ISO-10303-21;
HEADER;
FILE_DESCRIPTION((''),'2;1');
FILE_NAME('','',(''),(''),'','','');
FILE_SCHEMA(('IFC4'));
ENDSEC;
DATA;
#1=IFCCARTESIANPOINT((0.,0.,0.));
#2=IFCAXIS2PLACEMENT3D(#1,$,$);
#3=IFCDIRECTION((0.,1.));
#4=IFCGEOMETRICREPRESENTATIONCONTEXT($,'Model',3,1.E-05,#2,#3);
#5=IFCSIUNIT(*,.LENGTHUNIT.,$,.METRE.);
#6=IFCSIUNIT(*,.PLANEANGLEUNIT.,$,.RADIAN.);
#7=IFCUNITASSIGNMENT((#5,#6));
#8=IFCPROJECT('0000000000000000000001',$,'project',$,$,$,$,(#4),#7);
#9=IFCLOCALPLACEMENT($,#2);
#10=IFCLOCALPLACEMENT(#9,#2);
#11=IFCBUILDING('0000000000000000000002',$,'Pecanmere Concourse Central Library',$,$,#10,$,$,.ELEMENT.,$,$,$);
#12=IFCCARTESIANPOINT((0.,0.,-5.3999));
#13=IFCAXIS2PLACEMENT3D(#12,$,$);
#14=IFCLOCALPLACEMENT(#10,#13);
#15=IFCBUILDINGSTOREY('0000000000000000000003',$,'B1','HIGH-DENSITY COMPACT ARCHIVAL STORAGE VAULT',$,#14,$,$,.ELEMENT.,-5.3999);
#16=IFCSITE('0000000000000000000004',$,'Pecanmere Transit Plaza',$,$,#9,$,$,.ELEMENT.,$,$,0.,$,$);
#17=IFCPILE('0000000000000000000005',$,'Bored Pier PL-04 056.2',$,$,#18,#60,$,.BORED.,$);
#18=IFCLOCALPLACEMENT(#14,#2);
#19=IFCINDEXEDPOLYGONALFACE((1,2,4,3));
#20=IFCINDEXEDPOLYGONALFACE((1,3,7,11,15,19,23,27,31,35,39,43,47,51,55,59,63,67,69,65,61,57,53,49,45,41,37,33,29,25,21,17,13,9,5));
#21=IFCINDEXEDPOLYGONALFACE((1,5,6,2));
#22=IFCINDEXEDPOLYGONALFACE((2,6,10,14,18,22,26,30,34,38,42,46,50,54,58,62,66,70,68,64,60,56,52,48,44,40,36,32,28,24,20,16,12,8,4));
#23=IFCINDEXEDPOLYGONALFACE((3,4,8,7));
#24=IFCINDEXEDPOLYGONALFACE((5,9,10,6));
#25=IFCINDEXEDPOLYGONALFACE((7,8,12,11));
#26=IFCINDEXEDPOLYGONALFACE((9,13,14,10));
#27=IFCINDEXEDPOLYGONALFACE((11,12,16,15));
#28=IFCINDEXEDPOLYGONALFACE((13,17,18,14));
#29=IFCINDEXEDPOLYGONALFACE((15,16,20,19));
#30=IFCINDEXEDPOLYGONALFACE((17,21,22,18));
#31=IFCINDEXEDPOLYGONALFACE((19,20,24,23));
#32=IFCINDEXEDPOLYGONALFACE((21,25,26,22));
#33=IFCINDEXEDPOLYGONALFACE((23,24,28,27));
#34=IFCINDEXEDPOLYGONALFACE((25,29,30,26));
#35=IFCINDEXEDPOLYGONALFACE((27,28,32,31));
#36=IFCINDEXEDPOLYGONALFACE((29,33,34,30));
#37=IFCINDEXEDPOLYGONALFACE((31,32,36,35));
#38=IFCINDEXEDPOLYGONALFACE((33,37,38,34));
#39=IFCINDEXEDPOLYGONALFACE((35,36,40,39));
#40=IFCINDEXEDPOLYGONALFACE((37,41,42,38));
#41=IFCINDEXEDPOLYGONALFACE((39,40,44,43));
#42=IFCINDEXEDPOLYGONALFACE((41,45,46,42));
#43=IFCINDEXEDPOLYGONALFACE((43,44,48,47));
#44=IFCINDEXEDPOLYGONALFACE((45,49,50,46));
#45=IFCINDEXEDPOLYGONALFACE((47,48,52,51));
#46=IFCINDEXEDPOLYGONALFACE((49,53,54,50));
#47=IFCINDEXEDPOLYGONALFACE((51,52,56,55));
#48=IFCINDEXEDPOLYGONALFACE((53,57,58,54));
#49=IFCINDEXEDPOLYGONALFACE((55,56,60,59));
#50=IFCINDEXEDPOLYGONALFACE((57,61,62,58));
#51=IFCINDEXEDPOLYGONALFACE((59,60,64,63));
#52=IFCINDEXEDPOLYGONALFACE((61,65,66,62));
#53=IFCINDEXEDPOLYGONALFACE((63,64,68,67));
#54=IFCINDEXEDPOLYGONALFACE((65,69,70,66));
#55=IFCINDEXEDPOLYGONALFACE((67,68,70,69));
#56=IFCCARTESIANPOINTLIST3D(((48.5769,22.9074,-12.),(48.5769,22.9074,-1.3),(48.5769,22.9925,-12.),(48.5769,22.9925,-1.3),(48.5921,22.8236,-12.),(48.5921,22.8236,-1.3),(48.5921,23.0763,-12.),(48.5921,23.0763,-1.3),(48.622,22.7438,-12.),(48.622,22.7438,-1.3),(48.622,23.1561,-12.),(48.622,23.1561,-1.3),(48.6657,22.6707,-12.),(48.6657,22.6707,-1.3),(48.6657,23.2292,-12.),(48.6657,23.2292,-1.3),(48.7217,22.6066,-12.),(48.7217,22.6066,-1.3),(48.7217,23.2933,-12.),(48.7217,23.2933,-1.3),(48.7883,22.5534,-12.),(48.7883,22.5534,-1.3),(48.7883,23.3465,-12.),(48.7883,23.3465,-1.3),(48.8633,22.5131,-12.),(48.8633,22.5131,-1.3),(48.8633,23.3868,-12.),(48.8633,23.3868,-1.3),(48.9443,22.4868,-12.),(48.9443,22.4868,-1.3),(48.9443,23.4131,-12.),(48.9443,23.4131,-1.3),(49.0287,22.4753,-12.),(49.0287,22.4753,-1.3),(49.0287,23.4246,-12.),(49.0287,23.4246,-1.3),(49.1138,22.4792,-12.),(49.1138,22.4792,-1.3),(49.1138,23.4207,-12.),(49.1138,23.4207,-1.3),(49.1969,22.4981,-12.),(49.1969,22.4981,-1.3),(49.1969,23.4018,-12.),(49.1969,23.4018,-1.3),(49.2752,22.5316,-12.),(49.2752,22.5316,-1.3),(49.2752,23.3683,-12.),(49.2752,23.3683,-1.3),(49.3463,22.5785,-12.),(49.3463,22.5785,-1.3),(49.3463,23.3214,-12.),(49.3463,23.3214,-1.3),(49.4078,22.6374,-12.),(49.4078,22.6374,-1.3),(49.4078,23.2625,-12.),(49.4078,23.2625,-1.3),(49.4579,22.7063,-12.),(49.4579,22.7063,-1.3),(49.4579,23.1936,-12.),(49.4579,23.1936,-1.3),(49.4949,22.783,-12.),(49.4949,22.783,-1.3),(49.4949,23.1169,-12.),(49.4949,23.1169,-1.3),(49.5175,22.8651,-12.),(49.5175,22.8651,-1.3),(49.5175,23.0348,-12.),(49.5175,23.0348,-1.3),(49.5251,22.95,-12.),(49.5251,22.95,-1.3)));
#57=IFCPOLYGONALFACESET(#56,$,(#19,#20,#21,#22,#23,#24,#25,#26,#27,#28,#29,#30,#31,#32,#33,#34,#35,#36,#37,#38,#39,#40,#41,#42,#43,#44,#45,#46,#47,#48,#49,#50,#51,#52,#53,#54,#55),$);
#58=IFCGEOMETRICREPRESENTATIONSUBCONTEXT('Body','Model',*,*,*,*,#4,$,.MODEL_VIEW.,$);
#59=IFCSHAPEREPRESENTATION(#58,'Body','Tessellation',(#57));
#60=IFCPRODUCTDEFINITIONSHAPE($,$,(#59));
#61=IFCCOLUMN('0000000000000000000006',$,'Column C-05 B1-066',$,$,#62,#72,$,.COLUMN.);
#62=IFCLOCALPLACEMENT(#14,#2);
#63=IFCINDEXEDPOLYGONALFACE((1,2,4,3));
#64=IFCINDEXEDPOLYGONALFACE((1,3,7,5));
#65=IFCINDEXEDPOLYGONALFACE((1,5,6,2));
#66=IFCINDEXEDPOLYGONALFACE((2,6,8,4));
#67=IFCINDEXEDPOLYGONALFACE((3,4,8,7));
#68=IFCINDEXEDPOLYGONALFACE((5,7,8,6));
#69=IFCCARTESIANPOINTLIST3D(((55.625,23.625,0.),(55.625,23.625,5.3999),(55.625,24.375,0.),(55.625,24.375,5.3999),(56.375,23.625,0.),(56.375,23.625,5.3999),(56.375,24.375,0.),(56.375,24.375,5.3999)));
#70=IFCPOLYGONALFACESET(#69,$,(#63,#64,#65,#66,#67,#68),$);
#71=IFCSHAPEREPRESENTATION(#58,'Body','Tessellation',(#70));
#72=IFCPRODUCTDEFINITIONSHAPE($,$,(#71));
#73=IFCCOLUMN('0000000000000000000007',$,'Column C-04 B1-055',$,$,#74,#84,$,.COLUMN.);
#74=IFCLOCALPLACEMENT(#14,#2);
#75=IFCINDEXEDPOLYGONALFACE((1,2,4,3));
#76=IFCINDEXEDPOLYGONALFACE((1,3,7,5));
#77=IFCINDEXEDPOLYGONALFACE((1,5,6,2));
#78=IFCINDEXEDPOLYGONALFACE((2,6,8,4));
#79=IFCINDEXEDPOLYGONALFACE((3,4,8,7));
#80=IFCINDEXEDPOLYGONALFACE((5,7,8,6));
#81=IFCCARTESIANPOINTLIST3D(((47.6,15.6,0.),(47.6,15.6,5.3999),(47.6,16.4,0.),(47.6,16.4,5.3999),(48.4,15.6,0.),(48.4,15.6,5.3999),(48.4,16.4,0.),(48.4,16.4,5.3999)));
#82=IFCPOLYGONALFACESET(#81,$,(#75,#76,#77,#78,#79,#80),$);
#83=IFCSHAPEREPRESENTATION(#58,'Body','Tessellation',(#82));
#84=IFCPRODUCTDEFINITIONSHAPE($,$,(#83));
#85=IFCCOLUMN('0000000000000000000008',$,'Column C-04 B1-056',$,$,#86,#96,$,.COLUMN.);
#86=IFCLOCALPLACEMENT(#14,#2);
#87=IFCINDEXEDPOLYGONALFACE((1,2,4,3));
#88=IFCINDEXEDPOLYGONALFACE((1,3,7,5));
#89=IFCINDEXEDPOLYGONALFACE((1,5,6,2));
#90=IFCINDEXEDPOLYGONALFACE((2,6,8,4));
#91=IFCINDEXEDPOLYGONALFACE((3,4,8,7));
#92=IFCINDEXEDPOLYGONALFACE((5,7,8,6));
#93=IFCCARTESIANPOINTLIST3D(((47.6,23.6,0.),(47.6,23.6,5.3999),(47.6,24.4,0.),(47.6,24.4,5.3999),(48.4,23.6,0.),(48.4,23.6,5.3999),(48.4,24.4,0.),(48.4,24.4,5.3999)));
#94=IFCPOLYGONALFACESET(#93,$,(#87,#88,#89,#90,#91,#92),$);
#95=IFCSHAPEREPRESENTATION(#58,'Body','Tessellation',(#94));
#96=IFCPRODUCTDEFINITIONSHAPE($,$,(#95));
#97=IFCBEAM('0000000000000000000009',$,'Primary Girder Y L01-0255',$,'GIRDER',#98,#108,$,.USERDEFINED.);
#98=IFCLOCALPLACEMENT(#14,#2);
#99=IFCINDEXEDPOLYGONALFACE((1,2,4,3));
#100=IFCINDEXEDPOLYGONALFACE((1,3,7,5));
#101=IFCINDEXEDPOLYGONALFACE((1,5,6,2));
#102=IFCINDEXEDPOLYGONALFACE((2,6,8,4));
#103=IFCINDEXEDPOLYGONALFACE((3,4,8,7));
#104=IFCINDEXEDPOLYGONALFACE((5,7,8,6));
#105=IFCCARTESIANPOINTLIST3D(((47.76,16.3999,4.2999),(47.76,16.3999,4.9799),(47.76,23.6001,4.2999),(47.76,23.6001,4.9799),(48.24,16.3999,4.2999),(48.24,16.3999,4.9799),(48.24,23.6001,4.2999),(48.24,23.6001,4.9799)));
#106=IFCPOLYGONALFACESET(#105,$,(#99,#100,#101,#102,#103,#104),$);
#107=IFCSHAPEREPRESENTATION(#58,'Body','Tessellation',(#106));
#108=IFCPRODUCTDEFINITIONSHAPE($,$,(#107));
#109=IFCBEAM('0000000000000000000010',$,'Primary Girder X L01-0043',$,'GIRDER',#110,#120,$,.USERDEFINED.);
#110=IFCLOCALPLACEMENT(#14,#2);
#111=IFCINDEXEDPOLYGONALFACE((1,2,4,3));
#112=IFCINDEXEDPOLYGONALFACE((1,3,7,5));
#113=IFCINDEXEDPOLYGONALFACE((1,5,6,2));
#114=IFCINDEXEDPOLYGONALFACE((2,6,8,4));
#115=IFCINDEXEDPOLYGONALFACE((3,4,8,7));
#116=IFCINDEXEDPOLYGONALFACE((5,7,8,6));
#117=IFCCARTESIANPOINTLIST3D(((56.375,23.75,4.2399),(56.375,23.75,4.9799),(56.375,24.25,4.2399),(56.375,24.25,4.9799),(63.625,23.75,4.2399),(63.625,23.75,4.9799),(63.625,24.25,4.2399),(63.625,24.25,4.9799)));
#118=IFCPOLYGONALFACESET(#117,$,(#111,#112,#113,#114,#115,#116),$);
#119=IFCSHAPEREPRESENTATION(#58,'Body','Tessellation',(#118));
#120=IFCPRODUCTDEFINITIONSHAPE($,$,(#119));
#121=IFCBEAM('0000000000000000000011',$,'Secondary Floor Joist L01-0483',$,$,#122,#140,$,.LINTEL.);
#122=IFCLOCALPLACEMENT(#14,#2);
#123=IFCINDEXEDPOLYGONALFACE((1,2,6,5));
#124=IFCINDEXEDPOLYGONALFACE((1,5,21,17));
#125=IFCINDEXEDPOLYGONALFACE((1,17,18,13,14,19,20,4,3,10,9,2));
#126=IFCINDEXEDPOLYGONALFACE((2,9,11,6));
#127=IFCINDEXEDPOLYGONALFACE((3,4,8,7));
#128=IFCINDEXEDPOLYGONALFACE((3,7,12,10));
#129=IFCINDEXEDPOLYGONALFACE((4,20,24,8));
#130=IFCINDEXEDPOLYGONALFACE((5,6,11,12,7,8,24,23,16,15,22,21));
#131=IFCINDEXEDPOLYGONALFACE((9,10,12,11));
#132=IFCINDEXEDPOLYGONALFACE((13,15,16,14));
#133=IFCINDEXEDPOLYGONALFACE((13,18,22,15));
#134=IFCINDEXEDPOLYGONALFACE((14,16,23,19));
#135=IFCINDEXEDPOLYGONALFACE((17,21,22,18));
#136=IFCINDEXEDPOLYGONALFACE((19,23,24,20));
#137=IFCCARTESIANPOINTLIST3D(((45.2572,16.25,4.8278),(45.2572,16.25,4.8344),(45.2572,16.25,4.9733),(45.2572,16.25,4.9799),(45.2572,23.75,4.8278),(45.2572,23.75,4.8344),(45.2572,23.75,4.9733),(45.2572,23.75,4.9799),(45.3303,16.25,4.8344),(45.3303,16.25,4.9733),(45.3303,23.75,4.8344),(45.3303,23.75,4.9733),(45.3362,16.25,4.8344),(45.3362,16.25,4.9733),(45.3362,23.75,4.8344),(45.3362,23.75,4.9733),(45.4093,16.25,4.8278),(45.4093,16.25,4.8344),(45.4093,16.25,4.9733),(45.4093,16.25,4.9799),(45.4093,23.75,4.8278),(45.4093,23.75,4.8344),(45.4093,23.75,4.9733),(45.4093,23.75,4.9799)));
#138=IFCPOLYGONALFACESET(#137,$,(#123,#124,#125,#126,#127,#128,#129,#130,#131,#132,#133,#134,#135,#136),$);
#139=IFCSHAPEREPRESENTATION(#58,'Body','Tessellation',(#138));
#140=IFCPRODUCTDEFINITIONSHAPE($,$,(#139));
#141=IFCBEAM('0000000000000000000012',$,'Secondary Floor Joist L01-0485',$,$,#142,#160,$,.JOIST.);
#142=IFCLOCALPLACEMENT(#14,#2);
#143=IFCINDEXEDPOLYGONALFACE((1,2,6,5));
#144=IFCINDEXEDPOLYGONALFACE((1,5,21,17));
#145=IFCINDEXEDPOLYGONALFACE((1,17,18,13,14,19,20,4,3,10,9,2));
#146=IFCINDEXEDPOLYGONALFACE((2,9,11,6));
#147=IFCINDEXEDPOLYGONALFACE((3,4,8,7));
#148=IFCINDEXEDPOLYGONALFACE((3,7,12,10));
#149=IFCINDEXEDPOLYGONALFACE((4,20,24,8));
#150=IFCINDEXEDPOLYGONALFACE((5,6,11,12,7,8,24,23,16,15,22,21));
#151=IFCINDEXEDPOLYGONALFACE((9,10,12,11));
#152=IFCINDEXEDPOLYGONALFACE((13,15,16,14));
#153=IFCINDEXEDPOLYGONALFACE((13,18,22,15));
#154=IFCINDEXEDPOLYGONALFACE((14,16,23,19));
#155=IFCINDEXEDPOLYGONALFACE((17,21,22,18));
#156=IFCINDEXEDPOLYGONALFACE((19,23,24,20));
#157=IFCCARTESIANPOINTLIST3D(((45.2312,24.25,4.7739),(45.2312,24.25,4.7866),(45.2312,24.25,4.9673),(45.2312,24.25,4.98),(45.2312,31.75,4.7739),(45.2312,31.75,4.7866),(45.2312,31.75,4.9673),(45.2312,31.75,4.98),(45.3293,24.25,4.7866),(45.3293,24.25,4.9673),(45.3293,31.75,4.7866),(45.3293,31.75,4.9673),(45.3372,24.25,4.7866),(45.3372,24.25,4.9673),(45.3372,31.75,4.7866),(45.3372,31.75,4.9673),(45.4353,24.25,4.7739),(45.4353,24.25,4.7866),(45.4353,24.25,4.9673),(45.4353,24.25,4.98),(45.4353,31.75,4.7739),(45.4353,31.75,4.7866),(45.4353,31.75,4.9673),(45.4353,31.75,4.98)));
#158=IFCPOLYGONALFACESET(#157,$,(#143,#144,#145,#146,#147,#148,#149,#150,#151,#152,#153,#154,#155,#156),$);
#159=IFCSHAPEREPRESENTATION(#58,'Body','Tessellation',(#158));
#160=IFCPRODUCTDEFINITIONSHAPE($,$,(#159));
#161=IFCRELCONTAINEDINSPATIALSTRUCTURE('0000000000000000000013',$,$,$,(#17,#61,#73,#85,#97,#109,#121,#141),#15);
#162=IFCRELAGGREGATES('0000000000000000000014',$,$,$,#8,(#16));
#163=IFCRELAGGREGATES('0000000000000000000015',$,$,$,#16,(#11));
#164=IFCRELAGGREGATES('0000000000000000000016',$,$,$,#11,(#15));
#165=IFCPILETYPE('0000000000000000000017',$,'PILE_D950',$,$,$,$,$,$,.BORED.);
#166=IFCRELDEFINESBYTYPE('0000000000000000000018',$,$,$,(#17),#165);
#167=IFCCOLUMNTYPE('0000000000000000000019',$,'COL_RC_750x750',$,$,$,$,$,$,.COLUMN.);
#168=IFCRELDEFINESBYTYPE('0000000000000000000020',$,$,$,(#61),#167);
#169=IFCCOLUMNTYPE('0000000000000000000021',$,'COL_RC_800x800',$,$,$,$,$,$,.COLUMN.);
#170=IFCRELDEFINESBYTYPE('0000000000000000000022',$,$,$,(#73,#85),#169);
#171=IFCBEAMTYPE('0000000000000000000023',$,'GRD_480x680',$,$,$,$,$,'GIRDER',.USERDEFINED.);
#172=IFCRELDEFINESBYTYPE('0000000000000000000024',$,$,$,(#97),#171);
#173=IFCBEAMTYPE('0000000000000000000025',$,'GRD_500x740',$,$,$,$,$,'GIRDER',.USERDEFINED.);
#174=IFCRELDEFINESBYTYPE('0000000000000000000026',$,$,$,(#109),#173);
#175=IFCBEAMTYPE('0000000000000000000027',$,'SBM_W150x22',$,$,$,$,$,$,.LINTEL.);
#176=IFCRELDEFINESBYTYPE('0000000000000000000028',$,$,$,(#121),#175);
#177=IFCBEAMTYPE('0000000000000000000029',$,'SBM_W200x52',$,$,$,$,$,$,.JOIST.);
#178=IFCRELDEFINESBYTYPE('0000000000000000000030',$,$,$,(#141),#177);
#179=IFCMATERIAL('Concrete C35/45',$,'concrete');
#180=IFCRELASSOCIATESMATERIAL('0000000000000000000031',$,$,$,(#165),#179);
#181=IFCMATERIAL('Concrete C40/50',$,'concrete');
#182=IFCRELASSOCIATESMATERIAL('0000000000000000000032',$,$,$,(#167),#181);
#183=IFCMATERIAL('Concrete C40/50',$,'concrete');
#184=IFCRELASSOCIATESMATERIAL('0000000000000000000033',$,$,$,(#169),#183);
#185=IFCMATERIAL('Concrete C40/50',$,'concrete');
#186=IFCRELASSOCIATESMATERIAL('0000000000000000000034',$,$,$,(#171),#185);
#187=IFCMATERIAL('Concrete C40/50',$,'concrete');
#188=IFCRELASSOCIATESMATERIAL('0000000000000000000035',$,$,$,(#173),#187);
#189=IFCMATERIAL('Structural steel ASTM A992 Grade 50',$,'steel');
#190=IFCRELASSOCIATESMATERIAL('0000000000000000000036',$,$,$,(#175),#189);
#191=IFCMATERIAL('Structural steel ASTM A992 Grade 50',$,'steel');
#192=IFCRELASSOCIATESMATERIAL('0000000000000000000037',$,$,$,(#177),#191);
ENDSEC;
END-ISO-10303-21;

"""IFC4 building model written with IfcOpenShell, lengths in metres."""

from ifc_helpers import new_model, si_unit, direction, frame, origin, origin_2d, place, context, subcontext, project, spatial, rectangle, circle, i_section, extrude, material, material_profile, profile_set, type_object, element, save


model = new_model("IFC4")

# Units and contexts
model_context = context("Model", 3, precision=1e-05, world=origin(), true_north=direction((0.0, 1.0)))
body_context = subcontext(model_context, "Body", "Model", "MODEL_VIEW")
ifc_project = project(units=[si_unit("LENGTHUNIT", "METRE"), si_unit("PLANEANGLEUNIT", "RADIAN")], contexts=[model_context])

# Site, building, storey
site_placement = place(None, origin())
site = spatial("IfcSite", under=ifc_project, at=site_placement, Name="Pecanmere Transit Plaza", CompositionType="ELEMENT", RefElevation=0.0)
building_placement = place(site_placement, origin())
building = spatial("IfcBuilding", under=site, at=building_placement, Name="Pecanmere Concourse Central Library", CompositionType="ELEMENT")
storey_placement = place(building_placement, frame((0.0, 0.0, -5.3999)))
storey = spatial("IfcBuildingStorey", under=building, at=storey_placement, Name="B1", Description="HIGH-DENSITY COMPACT ARCHIVAL STORAGE VAULT", CompositionType="ELEMENT", Elevation=-5.3999)

# Pile
ifc_material_1 = material(Name="Concrete C35/45", Category="concrete")
ifc_material_profile_1 = material_profile(ifc_material_1, circle(Radius=0.4751, at=origin_2d()), Name="PIER D950")
ifc_profile_set_1 = profile_set([ifc_material_profile_1], Name="Concrete C35/45")
pile_type_1 = type_object("IfcPileType", Name="PILE_D950", PredefinedType="BORED", material=ifc_profile_set_1)
for number, where, z_axis, x_axis, name in (
    (1, (49.05, 22.95, -1.3), (0.0, 0.0, -1.0), (1.0, 0.0, 0.0), "Bored Pier PL-04 056.2"),
):
    element("IfcPile", number, at=place(storey_placement, frame(where, z_axis=z_axis, x_axis=x_axis)), inside=storey, type_object=pile_type_1, Name=name, PredefinedType="BORED", context=body_context, shape_type="SweptSolid", body=[
        extrude(circle(Radius=0.4751, at=origin_2d()), origin(), (0.0, 0.0, 1.0), 10.7),
    ])

# Columns
ifc_material_2 = material(Name="Concrete C40/50", Category="concrete")
ifc_material_profile_2 = material_profile(ifc_material_2, rectangle(XDim=0.75, YDim=0.75, at=origin_2d()), Name="RC 750x750")
ifc_profile_set_2 = profile_set([ifc_material_profile_2], Name="Concrete C40/50")
column_type_1 = type_object("IfcColumnType", Name="COL_RC_750x750", PredefinedType="COLUMN", material=ifc_profile_set_2)
column_placement = place(storey_placement, frame((56.0, 24.0, 0.0), z_axis=(0.0, 0.0, 1.0), x_axis=(1.0, 0.0, 0.0)))
element("IfcColumn", 2, at=column_placement, inside=storey, type_object=column_type_1, Name="Column C-05 B1-066", PredefinedType="COLUMN", context=body_context, shape_type="SweptSolid", body=[
    extrude(rectangle(XDim=0.75, YDim=0.75, at=origin_2d()), origin(), (0.0, 0.0, 1.0), 5.3999),
])
ifc_material_3 = material(Name="Concrete C40/50", Category="concrete")
ifc_material_profile_3 = material_profile(ifc_material_3, rectangle(XDim=0.8, YDim=0.8, at=origin_2d()), Name="RC 800x800")
ifc_profile_set_3 = profile_set([ifc_material_profile_3], Name="Concrete C40/50")
column_type_2 = type_object("IfcColumnType", Name="COL_RC_800x800", PredefinedType="COLUMN", material=ifc_profile_set_3)
for number, where, z_axis, x_axis, name in (
    (3, (48.0, 16.0, 0.0), (0.0, 0.0, 1.0), (1.0, 0.0, 0.0), "Column C-04 B1-055"),
    (4, (48.0, 24.0, 0.0), (0.0, 0.0, 1.0), (1.0, 0.0, 0.0), "Column C-04 B1-056"),
):
    element("IfcColumn", number, at=place(storey_placement, frame(where, z_axis=z_axis, x_axis=x_axis)), inside=storey, type_object=column_type_2, Name=name, PredefinedType="COLUMN", context=body_context, shape_type="SweptSolid", body=[
        extrude(rectangle(XDim=0.8, YDim=0.8, at=origin_2d()), origin(), (0.0, 0.0, 1.0), 5.3999),
    ])

# Beams
ifc_material_4 = material(Name="Concrete C40/50", Category="concrete")
ifc_material_profile_4 = material_profile(ifc_material_4, rectangle(XDim=0.48, YDim=0.6799, at=origin_2d()), Name="RC 480x680")
ifc_profile_set_4 = profile_set([ifc_material_profile_4], Name="Concrete C40/50")
beam_type_1 = type_object("IfcBeamType", Name="GRD_480x680", ElementType="GIRDER", PredefinedType="USERDEFINED", material=ifc_profile_set_4)
beam_1_placement = place(storey_placement, frame((48.0, 16.3999, 4.6399), z_axis=(0.0, 1.0, 0.0), x_axis=(-1.0, 0.0, 0.0)))
element("IfcBeam", 5, at=beam_1_placement, inside=storey, type_object=beam_type_1, Name="Primary Girder Y L01-0255", ObjectType="GIRDER", PredefinedType="USERDEFINED", context=body_context, shape_type="SweptSolid", body=[
    extrude(rectangle(XDim=0.48, YDim=0.6799, at=origin_2d()), origin(), (0.0, 0.0, 1.0), 7.2002),
])
ifc_material_5 = material(Name="Concrete C40/50", Category="concrete")
ifc_material_profile_5 = material_profile(ifc_material_5, rectangle(XDim=0.5, YDim=0.74, at=origin_2d()), Name="RC 500x740")
ifc_profile_set_5 = profile_set([ifc_material_profile_5], Name="Concrete C40/50")
beam_type_2 = type_object("IfcBeamType", Name="GRD_500x740", ElementType="GIRDER", PredefinedType="USERDEFINED", material=ifc_profile_set_5)
beam_2_placement = place(storey_placement, frame((56.375, 24.0, 4.6099), z_axis=(1.0, 0.0, 0.0), x_axis=(0.0, 1.0, 0.0)))
element("IfcBeam", 6, at=beam_2_placement, inside=storey, type_object=beam_type_2, Name="Primary Girder X L01-0043", ObjectType="GIRDER", PredefinedType="USERDEFINED", context=body_context, shape_type="SweptSolid", body=[
    extrude(rectangle(XDim=0.5, YDim=0.74, at=origin_2d()), origin(), (0.0, 0.0, 1.0), 7.25),
])
ifc_material_6 = material(Name="Structural steel ASTM A992 Grade 50", Category="steel")
ifc_material_profile_6 = material_profile(ifc_material_6, i_section(OverallWidth=0.1521, OverallDepth=0.1521, WebThickness=0.0059, FlangeThickness=0.0066, at=origin_2d()), Name="W150x22.5")
ifc_profile_set_6 = profile_set([ifc_material_profile_6], Name="Structural steel ASTM A992 Grade 50")
beam_type_3 = type_object("IfcBeamType", Name="SBM_W150x22", PredefinedType="LINTEL", material=ifc_profile_set_6)
beam_3_placement = place(storey_placement, frame((45.3333, 16.25, 4.9038), z_axis=(0.0, 1.0, 0.0), x_axis=(-1.0, 0.0, 0.0)))
element("IfcBeam", 7, at=beam_3_placement, inside=storey, type_object=beam_type_3, Name="Secondary Floor Joist L01-0483", PredefinedType="LINTEL", context=body_context, shape_type="SweptSolid", body=[
    extrude(i_section(OverallWidth=0.1521, OverallDepth=0.1521, WebThickness=0.0059, FlangeThickness=0.0066, at=origin_2d()), origin(), (0.0, 0.0, 1.0), 7.5),
])
ifc_material_7 = material(Name="Structural steel ASTM A992 Grade 50", Category="steel")
ifc_material_profile_7 = material_profile(ifc_material_7, i_section(OverallWidth=0.2041, OverallDepth=0.2061, WebThickness=0.0078, FlangeThickness=0.0127, at=origin_2d()), Name="W200x52")
ifc_profile_set_7 = profile_set([ifc_material_profile_7], Name="Structural steel ASTM A992 Grade 50")
beam_type_4 = type_object("IfcBeamType", Name="SBM_W200x52", PredefinedType="JOIST", material=ifc_profile_set_7)
beam_4_placement = place(storey_placement, frame((45.3333, 24.25, 4.877), z_axis=(0.0, 1.0, 0.0), x_axis=(-1.0, 0.0, 0.0)))
element("IfcBeam", 8, at=beam_4_placement, inside=storey, type_object=beam_type_4, Name="Secondary Floor Joist L01-0485", PredefinedType="JOIST", context=body_context, shape_type="SweptSolid", body=[
    extrude(i_section(OverallWidth=0.2041, OverallDepth=0.2061, WebThickness=0.0078, FlangeThickness=0.0127, at=origin_2d()), origin(), (0.0, 0.0, 1.0), 7.5),
])

save(model, "model.ifc")
